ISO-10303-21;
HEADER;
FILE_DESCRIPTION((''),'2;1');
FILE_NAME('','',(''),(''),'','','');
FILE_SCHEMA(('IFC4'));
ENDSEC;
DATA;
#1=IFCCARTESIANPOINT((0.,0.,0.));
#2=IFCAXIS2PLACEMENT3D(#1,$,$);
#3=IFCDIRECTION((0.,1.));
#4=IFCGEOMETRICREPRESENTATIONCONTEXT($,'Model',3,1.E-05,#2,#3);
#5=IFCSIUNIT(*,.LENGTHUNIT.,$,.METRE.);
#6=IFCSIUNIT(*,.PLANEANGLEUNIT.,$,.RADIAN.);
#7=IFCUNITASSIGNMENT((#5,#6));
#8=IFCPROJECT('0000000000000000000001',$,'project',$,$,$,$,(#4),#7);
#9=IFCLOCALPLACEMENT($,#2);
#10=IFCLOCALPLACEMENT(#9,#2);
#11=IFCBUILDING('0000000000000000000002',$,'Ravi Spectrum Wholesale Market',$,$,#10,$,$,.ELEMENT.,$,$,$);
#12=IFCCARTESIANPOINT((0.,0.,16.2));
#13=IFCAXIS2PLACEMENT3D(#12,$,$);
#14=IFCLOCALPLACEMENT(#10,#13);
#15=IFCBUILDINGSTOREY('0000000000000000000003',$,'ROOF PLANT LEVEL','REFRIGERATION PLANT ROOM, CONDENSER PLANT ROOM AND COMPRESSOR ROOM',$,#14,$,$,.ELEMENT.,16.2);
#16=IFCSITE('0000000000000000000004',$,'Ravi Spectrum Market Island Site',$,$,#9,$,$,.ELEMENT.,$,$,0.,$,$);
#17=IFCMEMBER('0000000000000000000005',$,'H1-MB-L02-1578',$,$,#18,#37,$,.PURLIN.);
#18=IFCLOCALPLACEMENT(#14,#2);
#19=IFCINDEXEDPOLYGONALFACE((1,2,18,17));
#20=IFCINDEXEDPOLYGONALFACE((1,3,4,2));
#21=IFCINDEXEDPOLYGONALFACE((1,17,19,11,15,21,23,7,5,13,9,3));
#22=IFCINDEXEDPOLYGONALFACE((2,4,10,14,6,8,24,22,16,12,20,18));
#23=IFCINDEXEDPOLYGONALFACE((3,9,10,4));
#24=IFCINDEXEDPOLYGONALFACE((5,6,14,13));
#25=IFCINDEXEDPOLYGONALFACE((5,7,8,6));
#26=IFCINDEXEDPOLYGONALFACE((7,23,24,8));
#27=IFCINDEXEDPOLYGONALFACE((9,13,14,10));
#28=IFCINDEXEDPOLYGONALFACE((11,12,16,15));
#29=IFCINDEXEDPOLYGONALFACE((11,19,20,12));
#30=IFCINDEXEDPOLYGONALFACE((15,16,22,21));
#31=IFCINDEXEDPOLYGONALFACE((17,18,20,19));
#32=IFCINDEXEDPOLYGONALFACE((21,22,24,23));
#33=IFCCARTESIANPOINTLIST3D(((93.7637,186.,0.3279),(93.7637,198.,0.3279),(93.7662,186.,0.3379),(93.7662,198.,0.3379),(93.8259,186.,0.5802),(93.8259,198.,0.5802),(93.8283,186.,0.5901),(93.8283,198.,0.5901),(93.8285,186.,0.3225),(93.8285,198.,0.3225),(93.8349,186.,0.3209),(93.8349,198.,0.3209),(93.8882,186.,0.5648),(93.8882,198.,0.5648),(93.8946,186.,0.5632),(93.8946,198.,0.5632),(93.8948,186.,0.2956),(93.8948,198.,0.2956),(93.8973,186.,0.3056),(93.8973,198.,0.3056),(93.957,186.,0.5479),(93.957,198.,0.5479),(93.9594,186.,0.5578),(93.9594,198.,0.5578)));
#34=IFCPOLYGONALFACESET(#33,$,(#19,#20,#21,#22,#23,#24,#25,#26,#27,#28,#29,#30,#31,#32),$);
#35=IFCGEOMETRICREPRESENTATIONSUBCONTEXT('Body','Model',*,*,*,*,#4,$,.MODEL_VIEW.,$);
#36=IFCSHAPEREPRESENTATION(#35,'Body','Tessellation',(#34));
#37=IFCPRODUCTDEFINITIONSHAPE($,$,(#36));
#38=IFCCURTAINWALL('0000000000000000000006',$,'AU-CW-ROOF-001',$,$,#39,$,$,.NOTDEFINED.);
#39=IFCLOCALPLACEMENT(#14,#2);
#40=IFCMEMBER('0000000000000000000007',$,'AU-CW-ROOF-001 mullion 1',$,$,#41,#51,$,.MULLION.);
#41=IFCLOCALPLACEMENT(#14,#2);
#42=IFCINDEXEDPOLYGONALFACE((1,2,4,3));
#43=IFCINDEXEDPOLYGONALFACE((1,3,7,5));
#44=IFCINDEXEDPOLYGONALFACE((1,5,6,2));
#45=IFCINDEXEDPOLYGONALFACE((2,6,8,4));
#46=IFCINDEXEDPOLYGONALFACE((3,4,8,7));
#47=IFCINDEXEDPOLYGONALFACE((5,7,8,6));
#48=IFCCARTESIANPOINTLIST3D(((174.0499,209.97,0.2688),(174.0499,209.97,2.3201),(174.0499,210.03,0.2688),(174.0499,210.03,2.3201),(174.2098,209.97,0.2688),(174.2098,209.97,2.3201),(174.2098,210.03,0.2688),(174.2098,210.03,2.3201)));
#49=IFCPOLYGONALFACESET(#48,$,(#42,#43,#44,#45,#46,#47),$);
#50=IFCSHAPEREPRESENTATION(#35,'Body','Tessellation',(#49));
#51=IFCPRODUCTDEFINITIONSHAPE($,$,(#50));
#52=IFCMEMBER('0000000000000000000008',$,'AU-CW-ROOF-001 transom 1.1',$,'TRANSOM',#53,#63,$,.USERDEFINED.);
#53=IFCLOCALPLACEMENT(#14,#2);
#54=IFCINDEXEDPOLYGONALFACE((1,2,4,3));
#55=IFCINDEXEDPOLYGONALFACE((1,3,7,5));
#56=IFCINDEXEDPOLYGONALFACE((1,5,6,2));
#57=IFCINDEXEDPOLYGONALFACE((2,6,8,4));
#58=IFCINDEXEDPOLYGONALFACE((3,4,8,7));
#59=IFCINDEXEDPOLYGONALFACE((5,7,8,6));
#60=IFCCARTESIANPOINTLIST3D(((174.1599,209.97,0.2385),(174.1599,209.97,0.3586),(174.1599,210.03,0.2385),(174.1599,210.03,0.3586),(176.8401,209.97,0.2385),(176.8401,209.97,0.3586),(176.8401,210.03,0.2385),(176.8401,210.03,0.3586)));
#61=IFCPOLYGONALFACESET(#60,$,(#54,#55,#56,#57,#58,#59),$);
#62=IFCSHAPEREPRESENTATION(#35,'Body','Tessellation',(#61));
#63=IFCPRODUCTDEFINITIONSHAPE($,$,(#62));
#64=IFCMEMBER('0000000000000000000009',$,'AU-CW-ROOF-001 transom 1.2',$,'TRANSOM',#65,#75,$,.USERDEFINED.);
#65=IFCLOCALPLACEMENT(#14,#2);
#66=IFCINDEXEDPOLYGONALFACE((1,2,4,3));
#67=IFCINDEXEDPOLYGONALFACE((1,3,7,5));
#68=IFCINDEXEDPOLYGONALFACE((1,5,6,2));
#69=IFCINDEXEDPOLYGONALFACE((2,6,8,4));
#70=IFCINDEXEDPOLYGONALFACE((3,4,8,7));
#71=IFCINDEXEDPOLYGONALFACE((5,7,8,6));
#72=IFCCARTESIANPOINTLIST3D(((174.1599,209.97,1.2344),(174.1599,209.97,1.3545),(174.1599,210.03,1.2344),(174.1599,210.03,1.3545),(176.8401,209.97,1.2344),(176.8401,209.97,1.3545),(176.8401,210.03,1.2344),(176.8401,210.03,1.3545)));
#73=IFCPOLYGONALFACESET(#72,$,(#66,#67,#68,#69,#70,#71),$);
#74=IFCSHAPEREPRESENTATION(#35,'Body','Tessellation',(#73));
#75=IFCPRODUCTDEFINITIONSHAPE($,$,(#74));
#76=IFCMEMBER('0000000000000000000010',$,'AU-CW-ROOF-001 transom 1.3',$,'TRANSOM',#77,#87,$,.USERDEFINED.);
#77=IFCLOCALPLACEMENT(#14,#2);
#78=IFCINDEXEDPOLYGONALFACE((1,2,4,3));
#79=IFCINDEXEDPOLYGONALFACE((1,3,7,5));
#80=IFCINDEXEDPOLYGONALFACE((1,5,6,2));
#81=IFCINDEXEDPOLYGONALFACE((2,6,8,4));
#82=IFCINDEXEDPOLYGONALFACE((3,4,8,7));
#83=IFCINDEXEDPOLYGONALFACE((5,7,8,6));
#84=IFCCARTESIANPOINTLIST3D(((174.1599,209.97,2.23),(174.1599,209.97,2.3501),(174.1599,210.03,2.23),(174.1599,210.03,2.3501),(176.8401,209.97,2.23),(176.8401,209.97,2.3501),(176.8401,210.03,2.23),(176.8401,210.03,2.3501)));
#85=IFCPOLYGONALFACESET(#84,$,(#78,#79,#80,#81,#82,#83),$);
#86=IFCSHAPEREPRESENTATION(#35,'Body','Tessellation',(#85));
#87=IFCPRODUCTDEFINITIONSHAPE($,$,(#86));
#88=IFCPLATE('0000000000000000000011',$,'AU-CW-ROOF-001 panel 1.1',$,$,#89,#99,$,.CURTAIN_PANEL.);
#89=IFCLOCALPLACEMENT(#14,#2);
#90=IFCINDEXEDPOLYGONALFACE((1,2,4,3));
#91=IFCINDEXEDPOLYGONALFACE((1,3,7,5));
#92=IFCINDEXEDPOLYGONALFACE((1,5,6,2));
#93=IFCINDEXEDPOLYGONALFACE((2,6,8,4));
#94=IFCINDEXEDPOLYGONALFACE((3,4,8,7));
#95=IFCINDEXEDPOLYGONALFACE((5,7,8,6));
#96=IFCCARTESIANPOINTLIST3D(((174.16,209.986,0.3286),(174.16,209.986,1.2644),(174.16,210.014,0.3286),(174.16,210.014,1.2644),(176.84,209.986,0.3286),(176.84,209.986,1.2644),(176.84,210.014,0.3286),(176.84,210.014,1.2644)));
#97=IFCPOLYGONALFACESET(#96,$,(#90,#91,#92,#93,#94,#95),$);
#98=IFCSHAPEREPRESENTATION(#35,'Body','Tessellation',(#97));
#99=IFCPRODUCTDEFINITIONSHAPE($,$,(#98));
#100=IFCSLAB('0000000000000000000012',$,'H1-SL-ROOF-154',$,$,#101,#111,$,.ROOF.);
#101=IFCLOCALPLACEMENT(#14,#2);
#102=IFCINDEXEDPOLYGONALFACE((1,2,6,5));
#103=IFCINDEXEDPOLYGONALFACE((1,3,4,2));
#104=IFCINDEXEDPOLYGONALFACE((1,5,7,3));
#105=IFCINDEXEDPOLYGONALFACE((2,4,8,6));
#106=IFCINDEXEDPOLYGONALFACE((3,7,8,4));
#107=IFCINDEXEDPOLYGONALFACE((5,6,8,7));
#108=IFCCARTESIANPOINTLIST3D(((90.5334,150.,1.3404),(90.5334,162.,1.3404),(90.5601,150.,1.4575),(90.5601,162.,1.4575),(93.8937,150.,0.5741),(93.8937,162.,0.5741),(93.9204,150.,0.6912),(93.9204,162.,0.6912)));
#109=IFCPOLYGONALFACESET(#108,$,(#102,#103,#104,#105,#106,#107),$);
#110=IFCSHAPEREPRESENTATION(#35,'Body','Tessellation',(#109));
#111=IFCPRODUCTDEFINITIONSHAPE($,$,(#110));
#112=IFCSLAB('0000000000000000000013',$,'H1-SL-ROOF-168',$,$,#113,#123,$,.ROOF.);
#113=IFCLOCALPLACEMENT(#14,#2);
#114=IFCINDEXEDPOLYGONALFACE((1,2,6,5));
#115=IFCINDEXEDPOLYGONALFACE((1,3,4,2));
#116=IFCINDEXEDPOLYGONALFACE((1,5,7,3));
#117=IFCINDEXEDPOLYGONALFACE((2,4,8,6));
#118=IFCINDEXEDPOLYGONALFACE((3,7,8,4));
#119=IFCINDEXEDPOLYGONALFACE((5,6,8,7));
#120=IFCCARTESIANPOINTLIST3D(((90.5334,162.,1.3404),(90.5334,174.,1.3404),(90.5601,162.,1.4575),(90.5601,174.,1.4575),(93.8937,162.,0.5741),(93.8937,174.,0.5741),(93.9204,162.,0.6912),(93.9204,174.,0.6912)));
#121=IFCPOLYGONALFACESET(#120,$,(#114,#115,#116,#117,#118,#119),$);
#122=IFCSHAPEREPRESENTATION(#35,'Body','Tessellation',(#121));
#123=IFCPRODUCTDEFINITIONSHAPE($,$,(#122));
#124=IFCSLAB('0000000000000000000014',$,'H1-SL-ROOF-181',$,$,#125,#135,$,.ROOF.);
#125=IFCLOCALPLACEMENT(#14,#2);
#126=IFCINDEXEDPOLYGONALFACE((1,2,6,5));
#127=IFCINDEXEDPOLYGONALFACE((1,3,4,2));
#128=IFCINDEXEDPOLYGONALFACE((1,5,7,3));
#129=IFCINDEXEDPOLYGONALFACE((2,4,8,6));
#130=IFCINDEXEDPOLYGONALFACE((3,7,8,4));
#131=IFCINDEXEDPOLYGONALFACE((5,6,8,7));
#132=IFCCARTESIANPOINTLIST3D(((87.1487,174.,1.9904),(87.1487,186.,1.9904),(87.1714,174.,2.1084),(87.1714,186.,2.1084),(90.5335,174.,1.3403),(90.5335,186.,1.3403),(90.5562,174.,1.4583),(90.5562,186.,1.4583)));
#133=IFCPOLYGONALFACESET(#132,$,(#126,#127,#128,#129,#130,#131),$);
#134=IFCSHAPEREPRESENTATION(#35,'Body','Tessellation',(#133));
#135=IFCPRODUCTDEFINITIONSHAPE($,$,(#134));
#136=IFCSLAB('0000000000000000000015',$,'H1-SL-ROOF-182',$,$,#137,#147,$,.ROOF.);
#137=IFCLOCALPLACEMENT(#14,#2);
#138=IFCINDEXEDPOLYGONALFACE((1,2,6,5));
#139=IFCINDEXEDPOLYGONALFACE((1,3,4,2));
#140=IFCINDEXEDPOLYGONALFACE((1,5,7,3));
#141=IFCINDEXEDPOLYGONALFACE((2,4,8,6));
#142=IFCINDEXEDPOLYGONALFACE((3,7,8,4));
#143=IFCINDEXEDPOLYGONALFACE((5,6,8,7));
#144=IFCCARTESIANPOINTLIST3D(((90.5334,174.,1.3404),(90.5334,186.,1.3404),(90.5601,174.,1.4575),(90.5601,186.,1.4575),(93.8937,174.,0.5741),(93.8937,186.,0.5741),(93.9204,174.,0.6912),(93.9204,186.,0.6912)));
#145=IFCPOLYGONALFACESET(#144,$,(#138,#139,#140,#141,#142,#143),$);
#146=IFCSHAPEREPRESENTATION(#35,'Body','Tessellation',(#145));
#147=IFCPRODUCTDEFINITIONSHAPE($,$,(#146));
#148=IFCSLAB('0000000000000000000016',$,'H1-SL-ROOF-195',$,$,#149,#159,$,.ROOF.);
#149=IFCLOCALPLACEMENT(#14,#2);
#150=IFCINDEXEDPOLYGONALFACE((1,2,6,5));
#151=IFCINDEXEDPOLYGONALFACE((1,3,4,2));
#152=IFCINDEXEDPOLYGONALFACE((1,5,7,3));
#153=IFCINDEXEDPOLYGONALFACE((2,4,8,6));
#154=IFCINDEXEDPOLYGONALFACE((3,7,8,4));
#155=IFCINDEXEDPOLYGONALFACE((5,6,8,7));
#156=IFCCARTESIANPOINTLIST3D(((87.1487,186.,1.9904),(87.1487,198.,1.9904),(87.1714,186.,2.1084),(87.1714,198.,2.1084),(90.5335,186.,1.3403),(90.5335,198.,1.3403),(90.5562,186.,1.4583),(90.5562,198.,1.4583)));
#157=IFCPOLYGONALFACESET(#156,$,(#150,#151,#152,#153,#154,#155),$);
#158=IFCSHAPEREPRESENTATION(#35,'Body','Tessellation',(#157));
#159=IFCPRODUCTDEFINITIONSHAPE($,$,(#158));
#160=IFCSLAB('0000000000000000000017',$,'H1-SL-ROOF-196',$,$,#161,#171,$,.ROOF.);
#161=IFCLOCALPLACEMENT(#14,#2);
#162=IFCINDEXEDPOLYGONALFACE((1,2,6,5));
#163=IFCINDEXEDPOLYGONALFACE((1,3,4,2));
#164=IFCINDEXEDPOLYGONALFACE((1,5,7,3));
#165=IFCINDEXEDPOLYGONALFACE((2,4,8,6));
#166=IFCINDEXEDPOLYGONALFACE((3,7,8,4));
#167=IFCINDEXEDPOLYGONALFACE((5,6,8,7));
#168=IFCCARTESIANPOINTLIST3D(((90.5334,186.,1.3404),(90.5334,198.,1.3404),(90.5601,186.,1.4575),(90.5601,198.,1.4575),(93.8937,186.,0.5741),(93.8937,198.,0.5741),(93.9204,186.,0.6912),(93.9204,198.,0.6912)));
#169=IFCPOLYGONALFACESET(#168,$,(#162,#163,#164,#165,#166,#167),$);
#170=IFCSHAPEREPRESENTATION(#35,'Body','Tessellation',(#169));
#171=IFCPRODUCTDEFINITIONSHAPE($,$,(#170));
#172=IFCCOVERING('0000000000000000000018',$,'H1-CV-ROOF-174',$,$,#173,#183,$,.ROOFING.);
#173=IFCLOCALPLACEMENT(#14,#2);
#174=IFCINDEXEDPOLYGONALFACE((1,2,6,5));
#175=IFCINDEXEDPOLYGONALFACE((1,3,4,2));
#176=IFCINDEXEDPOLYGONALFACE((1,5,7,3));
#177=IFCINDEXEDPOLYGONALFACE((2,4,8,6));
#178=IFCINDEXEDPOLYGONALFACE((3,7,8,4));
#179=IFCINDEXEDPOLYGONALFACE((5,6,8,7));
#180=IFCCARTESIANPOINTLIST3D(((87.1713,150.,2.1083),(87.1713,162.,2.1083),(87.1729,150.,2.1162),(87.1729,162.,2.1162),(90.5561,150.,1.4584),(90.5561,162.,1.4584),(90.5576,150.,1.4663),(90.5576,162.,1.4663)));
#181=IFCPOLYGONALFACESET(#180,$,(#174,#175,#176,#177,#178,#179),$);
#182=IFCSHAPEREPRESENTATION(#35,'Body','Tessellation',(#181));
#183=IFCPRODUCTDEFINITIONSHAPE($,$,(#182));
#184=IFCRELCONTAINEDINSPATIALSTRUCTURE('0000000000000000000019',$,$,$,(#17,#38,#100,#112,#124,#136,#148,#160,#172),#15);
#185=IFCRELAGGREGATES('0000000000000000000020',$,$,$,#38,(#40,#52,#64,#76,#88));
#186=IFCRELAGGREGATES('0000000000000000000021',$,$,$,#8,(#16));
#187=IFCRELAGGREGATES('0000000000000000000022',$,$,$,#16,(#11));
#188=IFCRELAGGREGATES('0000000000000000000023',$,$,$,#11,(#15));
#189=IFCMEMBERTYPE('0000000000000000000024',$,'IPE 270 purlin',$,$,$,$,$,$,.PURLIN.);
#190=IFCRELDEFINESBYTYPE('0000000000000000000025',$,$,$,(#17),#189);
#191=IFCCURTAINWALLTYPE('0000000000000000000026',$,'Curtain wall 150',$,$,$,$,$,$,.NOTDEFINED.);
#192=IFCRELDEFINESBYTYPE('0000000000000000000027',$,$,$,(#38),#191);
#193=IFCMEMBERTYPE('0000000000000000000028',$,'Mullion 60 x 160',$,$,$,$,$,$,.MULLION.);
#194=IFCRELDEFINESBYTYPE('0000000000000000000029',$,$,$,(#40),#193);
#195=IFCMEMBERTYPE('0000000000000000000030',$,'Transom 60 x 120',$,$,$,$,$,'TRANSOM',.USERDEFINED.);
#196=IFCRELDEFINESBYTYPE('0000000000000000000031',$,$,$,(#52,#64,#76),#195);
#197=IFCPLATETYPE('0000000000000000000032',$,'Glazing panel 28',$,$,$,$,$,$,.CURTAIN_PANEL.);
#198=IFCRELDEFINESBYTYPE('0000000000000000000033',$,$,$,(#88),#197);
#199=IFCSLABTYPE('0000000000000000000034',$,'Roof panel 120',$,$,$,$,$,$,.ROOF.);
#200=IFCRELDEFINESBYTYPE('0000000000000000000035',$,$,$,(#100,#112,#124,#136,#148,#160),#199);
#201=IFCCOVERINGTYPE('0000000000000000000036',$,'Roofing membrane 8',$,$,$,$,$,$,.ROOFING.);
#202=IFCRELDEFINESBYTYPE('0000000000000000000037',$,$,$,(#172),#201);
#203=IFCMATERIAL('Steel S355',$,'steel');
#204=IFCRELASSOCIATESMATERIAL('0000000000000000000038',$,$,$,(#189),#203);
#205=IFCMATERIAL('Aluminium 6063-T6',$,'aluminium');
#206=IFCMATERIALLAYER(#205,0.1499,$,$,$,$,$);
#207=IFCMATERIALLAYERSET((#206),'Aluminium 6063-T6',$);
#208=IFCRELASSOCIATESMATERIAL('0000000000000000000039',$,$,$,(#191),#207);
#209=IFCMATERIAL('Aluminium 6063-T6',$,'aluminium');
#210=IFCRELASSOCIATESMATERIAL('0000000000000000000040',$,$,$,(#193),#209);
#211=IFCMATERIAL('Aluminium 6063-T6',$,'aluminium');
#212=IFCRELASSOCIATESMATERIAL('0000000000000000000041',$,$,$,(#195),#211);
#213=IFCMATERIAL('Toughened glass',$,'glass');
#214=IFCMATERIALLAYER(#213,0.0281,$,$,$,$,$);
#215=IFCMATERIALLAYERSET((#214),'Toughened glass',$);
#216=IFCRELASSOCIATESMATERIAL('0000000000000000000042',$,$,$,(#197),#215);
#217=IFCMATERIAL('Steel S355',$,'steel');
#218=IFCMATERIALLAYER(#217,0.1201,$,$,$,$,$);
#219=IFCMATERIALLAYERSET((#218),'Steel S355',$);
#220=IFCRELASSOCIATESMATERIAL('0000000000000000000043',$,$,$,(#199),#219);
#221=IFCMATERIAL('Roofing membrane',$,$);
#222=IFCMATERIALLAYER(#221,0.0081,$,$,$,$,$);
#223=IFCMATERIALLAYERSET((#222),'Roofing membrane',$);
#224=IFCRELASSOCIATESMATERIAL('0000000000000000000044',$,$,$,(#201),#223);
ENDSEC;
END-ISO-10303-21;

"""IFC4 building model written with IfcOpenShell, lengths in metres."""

from ifc_helpers import new_model, si_unit, direction, frame, origin, origin_2d, place, context, subcontext, project, spatial, polyline, rectangle, i_section, outline, extrude, material, layer, layer_set, material_profile, profile_set, type_object, element, aggregate, save


model = new_model("IFC4")

# Units and contexts
model_context = context("Model", 3, precision=1e-05, world=origin(), true_north=direction((0.0, 1.0)))
body_context = subcontext(model_context, "Body", "Model", "MODEL_VIEW")
ifc_project = project(units=[si_unit("LENGTHUNIT", "METRE"), si_unit("PLANEANGLEUNIT", "RADIAN")], contexts=[model_context])

# Site, building, storey
site_placement = place(None, origin())
site = spatial("IfcSite", under=ifc_project, at=site_placement, Name="Ravi Spectrum Market Island Site", CompositionType="ELEMENT", RefElevation=0.0)
building_placement = place(site_placement, origin())
building = spatial("IfcBuilding", under=site, at=building_placement, Name="Ravi Spectrum Wholesale Market", CompositionType="ELEMENT")
storey_placement = place(building_placement, frame((0.0, 0.0, 16.2)))
storey = spatial("IfcBuildingStorey", under=building, at=storey_placement, Name="ROOF PLANT LEVEL", Description="REFRIGERATION PLANT ROOM, CONDENSER PLANT ROOM AND COMPRESSOR ROOM", CompositionType="ELEMENT", Elevation=16.2)

# Member
ifc_material_1 = material(Name="Steel S355", Category="steel")
ifc_material_profile_1 = material_profile(ifc_material_1, i_section(OverallWidth=0.135, OverallDepth=0.27, WebThickness=0.0066, FlangeThickness=0.0103, at=origin_2d()))
ifc_profile_set_1 = profile_set([ifc_material_profile_1], Name="Steel S355")
member_type_1 = type_object("IfcMemberType", Name="IPE 270 purlin", PredefinedType="PURLIN", material=ifc_profile_set_1)
for number, where, z_axis, x_axis, name in (
    (1, (93.8616, 186.0, 0.4429), (0.0, 1.0, 0.0), (-0.970983, 0.0, 0.239151), "H1-MB-L02-1578"),
):
    element("IfcMember", number, at=place(storey_placement, frame(where, z_axis=z_axis, x_axis=x_axis)), inside=storey, type_object=member_type_1, Name=name, PredefinedType="PURLIN", context=body_context, shape_type="SweptSolid", body=[
        extrude(i_section(OverallWidth=0.135, OverallDepth=0.27, WebThickness=0.0066, FlangeThickness=0.0103, at=origin_2d()), origin(), (0.0, 0.0, 1.0), 12.0),
    ])

# Curtain wall, members, plate
ifc_material_2 = material(Name="Aluminium 6063-T6", Category="aluminium")
ifc_layer_1 = layer(ifc_material_2, 0.1499)
ifc_layer_set_1 = layer_set([ifc_layer_1], Name="Aluminium 6063-T6")
curtain_wall_type = type_object("IfcCurtainWallType", Name="Curtain wall 150", PredefinedType="NOTDEFINED", material=ifc_layer_set_1)
curtain_wall_placement = place(storey_placement, origin())
curtain_wall = element("IfcCurtainWall", 2, at=curtain_wall_placement, inside=storey, type_object=curtain_wall_type, Name="AU-CW-ROOF-001", PredefinedType="NOTDEFINED")
ifc_material_3 = material(Name="Aluminium 6063-T6", Category="aluminium")
ifc_material_profile_2 = material_profile(ifc_material_3, rectangle(XDim=0.0601, YDim=0.1599, at=origin_2d()))
ifc_profile_set_2 = profile_set([ifc_material_profile_2], Name="Aluminium 6063-T6")
member_type_2 = type_object("IfcMemberType", Name="Mullion 60 x 160", PredefinedType="MULLION", material=ifc_profile_set_2)
member_1_placement = place(storey_placement, frame((174.1299, 210.0, 0.2688), z_axis=(0.0, 0.0, 1.0), x_axis=(0.0, 1.0, 0.0)))
member_1 = element("IfcMember", 3, at=member_1_placement, type_object=member_type_2, Name="AU-CW-ROOF-001 mullion 1", PredefinedType="MULLION", context=body_context, shape_type="SweptSolid", body=[
    extrude(rectangle(XDim=0.0601, YDim=0.1599, at=origin_2d()), origin(), (0.0, 0.0, 1.0), 2.0513),
])
ifc_material_4 = material(Name="Aluminium 6063-T6", Category="aluminium")
ifc_material_profile_3 = material_profile(ifc_material_4, rectangle(XDim=0.0601, YDim=0.1201, at=origin_2d()))
ifc_profile_set_3 = profile_set([ifc_material_profile_3], Name="Aluminium 6063-T6")
member_type_3 = type_object("IfcMemberType", Name="Transom 60 x 120", ElementType="TRANSOM", PredefinedType="USERDEFINED", material=ifc_profile_set_3)
member_2_placement = place(storey_placement, frame((174.1599, 210.0, 0.2986), z_axis=(1.0, 0.0, 0.0), x_axis=(0.0, 1.0, 0.0)))
member_2 = element("IfcMember", 4, at=member_2_placement, type_object=member_type_3, Name="AU-CW-ROOF-001 transom 1.1", ObjectType="TRANSOM", PredefinedType="USERDEFINED", context=body_context, shape_type="SweptSolid", body=[
    extrude(rectangle(XDim=0.0601, YDim=0.1201, at=origin_2d()), origin(), (0.0, 0.0, 1.0), 2.6802),
])
member_3_placement = place(storey_placement, frame((174.1599, 210.0, 1.2944), z_axis=(1.0, 0.0, 0.0), x_axis=(0.0, 1.0, 0.0)))
member_3 = element("IfcMember", 5, at=member_3_placement, type_object=member_type_3, Name="AU-CW-ROOF-001 transom 1.2", ObjectType="TRANSOM", PredefinedType="USERDEFINED", context=body_context, shape_type="SweptSolid", body=[
    extrude(rectangle(XDim=0.0601, YDim=0.1201, at=origin_2d()), origin(), (0.0, 0.0, 1.0), 2.6802),
])
member_4_placement = place(storey_placement, frame((174.1599, 210.0, 2.29), z_axis=(1.0, 0.0, 0.0), x_axis=(0.0, 1.0, 0.0)))
member_4 = element("IfcMember", 6, at=member_4_placement, type_object=member_type_3, Name="AU-CW-ROOF-001 transom 1.3", ObjectType="TRANSOM", PredefinedType="USERDEFINED", context=body_context, shape_type="SweptSolid", body=[
    extrude(rectangle(XDim=0.0601, YDim=0.1201, at=origin_2d()), origin(), (0.0, 0.0, 1.0), 2.6802),
])
ifc_material_5 = material(Name="Toughened glass", Category="glass")
ifc_layer_2 = layer(ifc_material_5, 0.0281)
ifc_layer_set_2 = layer_set([ifc_layer_2], Name="Toughened glass")
plate_type = type_object("IfcPlateType", Name="Glazing panel 28", PredefinedType="CURTAIN_PANEL", material=ifc_layer_set_2)
plate_placement = place(storey_placement, frame((175.5, 210.0, 0.3286), z_axis=(0.0, 0.0, 1.0), x_axis=(1.0, 0.0, 0.0)))
plate = element("IfcPlate", 7, at=plate_placement, type_object=plate_type, Name="AU-CW-ROOF-001 panel 1.1", PredefinedType="CURTAIN_PANEL", context=body_context, shape_type="SweptSolid", body=[
    extrude(rectangle(XDim=2.6799, YDim=0.0281, at=origin_2d()), origin(), (0.0, 0.0, 1.0), 0.9358),
])
aggregate(curtain_wall, [member_1, member_2, member_3, member_4, plate])

# Slabs
ifc_material_6 = material(Name="Steel S355", Category="steel")
ifc_layer_3 = layer(ifc_material_6, 0.1201)
ifc_layer_set_3 = layer_set([ifc_layer_3], Name="Steel S355")
slab_type = type_object("IfcSlabType", Name="Roof panel 120", PredefinedType="ROOF", material=ifc_layer_set_3)
for number, where, z_axis, x_axis, name in (
    (8, (90.5601, 150.0, 1.4575), (0.22235, 0.0, 0.974967), (0.974967, 0.0, -0.22235), "H1-SL-ROOF-154"),
    (9, (90.5601, 162.0, 1.4575), (0.22235, 0.0, 0.974967), (0.974967, 0.0, -0.22235), "H1-SL-ROOF-168"),
):
    element("IfcSlab", number, at=place(storey_placement, frame(where, z_axis=z_axis, x_axis=x_axis)), inside=storey, type_object=slab_type, Name=name, PredefinedType="ROOF", context=body_context, shape_type="SweptSolid", body=[
        extrude(outline(polyline([(0.0, 0.0), (3.4466, 0.0), (3.4466, 12.0), (0.0, 12.0), (0.0, 0.0)])), origin(), (0.0, 0.0, -1.0), 0.1201),
    ])
slab_1_placement = place(storey_placement, frame((87.1714, 174.0, 2.1084), z_axis=(0.188632, 0.0, 0.982048), x_axis=(0.982048, 0.0, -0.188632)))
element("IfcSlab", 10, at=slab_1_placement, inside=storey, type_object=slab_type, Name="H1-SL-ROOF-181", PredefinedType="ROOF", context=body_context, shape_type="SweptSolid", body=[
    extrude(outline(polyline([(0.0, 0.0), (3.4466, 0.0), (3.4466, 12.0), (0.0, 12.0), (0.0, 0.0)])), origin(), (0.0, 0.0, -1.0), 0.1201),
])
slab_2_placement = place(storey_placement, frame((90.5601, 174.0, 1.4575), z_axis=(0.22235, 0.0, 0.974967), x_axis=(0.974967, 0.0, -0.22235)))
element("IfcSlab", 11, at=slab_2_placement, inside=storey, type_object=slab_type, Name="H1-SL-ROOF-182", PredefinedType="ROOF", context=body_context, shape_type="SweptSolid", body=[
    extrude(outline(polyline([(0.0, 0.0), (3.4466, 0.0), (3.4466, 12.0), (0.0, 12.0), (0.0, 0.0)])), origin(), (0.0, 0.0, -1.0), 0.1201),
])
slab_3_placement = place(storey_placement, frame((87.1714, 186.0, 2.1084), z_axis=(0.188632, 0.0, 0.982048), x_axis=(0.982048, 0.0, -0.188632)))
element("IfcSlab", 12, at=slab_3_placement, inside=storey, type_object=slab_type, Name="H1-SL-ROOF-195", PredefinedType="ROOF", context=body_context, shape_type="SweptSolid", body=[
    extrude(outline(polyline([(0.0, 0.0), (3.4466, 0.0), (3.4466, 12.0), (0.0, 12.0), (0.0, 0.0)])), origin(), (0.0, 0.0, -1.0), 0.1201),
])
slab_4_placement = place(storey_placement, frame((90.5601, 186.0, 1.4575), z_axis=(0.22235, 0.0, 0.974967), x_axis=(0.974967, 0.0, -0.22235)))
element("IfcSlab", 13, at=slab_4_placement, inside=storey, type_object=slab_type, Name="H1-SL-ROOF-196", PredefinedType="ROOF", context=body_context, shape_type="SweptSolid", body=[
    extrude(outline(polyline([(0.0, 0.0), (3.4466, 0.0), (3.4466, 12.0), (0.0, 12.0), (0.0, 0.0)])), origin(), (0.0, 0.0, -1.0), 0.1201),
])

# Covering
ifc_material_7 = material(Name="Roofing membrane")
ifc_layer_4 = layer(ifc_material_7, 0.0081)
ifc_layer_set_4 = layer_set([ifc_layer_4], Name="Roofing membrane")
covering_type = type_object("IfcCoveringType", Name="Roofing membrane 8", PredefinedType="ROOFING", material=ifc_layer_set_4)
covering_1_placement = place(storey_placement, frame((87.1729, 150.0, 2.1162), z_axis=(0.188564, 0.0, 0.982061), x_axis=(0.982061, 0.0, -0.188564)))
element("IfcCovering", 14, at=covering_1_placement, inside=storey, type_object=covering_type, Name="H1-CV-ROOF-174", PredefinedType="ROOFING", context=body_context, shape_type="SweptSolid", body=[
    extrude(outline(polyline([(0.0, 0.0), (3.4466, 0.0), (3.4466, 12.0), (0.0, 12.0), (0.0, 0.0)])), origin(), (0.0, 0.0, -1.0), 0.0081),
])

save(model, "model.ifc")
